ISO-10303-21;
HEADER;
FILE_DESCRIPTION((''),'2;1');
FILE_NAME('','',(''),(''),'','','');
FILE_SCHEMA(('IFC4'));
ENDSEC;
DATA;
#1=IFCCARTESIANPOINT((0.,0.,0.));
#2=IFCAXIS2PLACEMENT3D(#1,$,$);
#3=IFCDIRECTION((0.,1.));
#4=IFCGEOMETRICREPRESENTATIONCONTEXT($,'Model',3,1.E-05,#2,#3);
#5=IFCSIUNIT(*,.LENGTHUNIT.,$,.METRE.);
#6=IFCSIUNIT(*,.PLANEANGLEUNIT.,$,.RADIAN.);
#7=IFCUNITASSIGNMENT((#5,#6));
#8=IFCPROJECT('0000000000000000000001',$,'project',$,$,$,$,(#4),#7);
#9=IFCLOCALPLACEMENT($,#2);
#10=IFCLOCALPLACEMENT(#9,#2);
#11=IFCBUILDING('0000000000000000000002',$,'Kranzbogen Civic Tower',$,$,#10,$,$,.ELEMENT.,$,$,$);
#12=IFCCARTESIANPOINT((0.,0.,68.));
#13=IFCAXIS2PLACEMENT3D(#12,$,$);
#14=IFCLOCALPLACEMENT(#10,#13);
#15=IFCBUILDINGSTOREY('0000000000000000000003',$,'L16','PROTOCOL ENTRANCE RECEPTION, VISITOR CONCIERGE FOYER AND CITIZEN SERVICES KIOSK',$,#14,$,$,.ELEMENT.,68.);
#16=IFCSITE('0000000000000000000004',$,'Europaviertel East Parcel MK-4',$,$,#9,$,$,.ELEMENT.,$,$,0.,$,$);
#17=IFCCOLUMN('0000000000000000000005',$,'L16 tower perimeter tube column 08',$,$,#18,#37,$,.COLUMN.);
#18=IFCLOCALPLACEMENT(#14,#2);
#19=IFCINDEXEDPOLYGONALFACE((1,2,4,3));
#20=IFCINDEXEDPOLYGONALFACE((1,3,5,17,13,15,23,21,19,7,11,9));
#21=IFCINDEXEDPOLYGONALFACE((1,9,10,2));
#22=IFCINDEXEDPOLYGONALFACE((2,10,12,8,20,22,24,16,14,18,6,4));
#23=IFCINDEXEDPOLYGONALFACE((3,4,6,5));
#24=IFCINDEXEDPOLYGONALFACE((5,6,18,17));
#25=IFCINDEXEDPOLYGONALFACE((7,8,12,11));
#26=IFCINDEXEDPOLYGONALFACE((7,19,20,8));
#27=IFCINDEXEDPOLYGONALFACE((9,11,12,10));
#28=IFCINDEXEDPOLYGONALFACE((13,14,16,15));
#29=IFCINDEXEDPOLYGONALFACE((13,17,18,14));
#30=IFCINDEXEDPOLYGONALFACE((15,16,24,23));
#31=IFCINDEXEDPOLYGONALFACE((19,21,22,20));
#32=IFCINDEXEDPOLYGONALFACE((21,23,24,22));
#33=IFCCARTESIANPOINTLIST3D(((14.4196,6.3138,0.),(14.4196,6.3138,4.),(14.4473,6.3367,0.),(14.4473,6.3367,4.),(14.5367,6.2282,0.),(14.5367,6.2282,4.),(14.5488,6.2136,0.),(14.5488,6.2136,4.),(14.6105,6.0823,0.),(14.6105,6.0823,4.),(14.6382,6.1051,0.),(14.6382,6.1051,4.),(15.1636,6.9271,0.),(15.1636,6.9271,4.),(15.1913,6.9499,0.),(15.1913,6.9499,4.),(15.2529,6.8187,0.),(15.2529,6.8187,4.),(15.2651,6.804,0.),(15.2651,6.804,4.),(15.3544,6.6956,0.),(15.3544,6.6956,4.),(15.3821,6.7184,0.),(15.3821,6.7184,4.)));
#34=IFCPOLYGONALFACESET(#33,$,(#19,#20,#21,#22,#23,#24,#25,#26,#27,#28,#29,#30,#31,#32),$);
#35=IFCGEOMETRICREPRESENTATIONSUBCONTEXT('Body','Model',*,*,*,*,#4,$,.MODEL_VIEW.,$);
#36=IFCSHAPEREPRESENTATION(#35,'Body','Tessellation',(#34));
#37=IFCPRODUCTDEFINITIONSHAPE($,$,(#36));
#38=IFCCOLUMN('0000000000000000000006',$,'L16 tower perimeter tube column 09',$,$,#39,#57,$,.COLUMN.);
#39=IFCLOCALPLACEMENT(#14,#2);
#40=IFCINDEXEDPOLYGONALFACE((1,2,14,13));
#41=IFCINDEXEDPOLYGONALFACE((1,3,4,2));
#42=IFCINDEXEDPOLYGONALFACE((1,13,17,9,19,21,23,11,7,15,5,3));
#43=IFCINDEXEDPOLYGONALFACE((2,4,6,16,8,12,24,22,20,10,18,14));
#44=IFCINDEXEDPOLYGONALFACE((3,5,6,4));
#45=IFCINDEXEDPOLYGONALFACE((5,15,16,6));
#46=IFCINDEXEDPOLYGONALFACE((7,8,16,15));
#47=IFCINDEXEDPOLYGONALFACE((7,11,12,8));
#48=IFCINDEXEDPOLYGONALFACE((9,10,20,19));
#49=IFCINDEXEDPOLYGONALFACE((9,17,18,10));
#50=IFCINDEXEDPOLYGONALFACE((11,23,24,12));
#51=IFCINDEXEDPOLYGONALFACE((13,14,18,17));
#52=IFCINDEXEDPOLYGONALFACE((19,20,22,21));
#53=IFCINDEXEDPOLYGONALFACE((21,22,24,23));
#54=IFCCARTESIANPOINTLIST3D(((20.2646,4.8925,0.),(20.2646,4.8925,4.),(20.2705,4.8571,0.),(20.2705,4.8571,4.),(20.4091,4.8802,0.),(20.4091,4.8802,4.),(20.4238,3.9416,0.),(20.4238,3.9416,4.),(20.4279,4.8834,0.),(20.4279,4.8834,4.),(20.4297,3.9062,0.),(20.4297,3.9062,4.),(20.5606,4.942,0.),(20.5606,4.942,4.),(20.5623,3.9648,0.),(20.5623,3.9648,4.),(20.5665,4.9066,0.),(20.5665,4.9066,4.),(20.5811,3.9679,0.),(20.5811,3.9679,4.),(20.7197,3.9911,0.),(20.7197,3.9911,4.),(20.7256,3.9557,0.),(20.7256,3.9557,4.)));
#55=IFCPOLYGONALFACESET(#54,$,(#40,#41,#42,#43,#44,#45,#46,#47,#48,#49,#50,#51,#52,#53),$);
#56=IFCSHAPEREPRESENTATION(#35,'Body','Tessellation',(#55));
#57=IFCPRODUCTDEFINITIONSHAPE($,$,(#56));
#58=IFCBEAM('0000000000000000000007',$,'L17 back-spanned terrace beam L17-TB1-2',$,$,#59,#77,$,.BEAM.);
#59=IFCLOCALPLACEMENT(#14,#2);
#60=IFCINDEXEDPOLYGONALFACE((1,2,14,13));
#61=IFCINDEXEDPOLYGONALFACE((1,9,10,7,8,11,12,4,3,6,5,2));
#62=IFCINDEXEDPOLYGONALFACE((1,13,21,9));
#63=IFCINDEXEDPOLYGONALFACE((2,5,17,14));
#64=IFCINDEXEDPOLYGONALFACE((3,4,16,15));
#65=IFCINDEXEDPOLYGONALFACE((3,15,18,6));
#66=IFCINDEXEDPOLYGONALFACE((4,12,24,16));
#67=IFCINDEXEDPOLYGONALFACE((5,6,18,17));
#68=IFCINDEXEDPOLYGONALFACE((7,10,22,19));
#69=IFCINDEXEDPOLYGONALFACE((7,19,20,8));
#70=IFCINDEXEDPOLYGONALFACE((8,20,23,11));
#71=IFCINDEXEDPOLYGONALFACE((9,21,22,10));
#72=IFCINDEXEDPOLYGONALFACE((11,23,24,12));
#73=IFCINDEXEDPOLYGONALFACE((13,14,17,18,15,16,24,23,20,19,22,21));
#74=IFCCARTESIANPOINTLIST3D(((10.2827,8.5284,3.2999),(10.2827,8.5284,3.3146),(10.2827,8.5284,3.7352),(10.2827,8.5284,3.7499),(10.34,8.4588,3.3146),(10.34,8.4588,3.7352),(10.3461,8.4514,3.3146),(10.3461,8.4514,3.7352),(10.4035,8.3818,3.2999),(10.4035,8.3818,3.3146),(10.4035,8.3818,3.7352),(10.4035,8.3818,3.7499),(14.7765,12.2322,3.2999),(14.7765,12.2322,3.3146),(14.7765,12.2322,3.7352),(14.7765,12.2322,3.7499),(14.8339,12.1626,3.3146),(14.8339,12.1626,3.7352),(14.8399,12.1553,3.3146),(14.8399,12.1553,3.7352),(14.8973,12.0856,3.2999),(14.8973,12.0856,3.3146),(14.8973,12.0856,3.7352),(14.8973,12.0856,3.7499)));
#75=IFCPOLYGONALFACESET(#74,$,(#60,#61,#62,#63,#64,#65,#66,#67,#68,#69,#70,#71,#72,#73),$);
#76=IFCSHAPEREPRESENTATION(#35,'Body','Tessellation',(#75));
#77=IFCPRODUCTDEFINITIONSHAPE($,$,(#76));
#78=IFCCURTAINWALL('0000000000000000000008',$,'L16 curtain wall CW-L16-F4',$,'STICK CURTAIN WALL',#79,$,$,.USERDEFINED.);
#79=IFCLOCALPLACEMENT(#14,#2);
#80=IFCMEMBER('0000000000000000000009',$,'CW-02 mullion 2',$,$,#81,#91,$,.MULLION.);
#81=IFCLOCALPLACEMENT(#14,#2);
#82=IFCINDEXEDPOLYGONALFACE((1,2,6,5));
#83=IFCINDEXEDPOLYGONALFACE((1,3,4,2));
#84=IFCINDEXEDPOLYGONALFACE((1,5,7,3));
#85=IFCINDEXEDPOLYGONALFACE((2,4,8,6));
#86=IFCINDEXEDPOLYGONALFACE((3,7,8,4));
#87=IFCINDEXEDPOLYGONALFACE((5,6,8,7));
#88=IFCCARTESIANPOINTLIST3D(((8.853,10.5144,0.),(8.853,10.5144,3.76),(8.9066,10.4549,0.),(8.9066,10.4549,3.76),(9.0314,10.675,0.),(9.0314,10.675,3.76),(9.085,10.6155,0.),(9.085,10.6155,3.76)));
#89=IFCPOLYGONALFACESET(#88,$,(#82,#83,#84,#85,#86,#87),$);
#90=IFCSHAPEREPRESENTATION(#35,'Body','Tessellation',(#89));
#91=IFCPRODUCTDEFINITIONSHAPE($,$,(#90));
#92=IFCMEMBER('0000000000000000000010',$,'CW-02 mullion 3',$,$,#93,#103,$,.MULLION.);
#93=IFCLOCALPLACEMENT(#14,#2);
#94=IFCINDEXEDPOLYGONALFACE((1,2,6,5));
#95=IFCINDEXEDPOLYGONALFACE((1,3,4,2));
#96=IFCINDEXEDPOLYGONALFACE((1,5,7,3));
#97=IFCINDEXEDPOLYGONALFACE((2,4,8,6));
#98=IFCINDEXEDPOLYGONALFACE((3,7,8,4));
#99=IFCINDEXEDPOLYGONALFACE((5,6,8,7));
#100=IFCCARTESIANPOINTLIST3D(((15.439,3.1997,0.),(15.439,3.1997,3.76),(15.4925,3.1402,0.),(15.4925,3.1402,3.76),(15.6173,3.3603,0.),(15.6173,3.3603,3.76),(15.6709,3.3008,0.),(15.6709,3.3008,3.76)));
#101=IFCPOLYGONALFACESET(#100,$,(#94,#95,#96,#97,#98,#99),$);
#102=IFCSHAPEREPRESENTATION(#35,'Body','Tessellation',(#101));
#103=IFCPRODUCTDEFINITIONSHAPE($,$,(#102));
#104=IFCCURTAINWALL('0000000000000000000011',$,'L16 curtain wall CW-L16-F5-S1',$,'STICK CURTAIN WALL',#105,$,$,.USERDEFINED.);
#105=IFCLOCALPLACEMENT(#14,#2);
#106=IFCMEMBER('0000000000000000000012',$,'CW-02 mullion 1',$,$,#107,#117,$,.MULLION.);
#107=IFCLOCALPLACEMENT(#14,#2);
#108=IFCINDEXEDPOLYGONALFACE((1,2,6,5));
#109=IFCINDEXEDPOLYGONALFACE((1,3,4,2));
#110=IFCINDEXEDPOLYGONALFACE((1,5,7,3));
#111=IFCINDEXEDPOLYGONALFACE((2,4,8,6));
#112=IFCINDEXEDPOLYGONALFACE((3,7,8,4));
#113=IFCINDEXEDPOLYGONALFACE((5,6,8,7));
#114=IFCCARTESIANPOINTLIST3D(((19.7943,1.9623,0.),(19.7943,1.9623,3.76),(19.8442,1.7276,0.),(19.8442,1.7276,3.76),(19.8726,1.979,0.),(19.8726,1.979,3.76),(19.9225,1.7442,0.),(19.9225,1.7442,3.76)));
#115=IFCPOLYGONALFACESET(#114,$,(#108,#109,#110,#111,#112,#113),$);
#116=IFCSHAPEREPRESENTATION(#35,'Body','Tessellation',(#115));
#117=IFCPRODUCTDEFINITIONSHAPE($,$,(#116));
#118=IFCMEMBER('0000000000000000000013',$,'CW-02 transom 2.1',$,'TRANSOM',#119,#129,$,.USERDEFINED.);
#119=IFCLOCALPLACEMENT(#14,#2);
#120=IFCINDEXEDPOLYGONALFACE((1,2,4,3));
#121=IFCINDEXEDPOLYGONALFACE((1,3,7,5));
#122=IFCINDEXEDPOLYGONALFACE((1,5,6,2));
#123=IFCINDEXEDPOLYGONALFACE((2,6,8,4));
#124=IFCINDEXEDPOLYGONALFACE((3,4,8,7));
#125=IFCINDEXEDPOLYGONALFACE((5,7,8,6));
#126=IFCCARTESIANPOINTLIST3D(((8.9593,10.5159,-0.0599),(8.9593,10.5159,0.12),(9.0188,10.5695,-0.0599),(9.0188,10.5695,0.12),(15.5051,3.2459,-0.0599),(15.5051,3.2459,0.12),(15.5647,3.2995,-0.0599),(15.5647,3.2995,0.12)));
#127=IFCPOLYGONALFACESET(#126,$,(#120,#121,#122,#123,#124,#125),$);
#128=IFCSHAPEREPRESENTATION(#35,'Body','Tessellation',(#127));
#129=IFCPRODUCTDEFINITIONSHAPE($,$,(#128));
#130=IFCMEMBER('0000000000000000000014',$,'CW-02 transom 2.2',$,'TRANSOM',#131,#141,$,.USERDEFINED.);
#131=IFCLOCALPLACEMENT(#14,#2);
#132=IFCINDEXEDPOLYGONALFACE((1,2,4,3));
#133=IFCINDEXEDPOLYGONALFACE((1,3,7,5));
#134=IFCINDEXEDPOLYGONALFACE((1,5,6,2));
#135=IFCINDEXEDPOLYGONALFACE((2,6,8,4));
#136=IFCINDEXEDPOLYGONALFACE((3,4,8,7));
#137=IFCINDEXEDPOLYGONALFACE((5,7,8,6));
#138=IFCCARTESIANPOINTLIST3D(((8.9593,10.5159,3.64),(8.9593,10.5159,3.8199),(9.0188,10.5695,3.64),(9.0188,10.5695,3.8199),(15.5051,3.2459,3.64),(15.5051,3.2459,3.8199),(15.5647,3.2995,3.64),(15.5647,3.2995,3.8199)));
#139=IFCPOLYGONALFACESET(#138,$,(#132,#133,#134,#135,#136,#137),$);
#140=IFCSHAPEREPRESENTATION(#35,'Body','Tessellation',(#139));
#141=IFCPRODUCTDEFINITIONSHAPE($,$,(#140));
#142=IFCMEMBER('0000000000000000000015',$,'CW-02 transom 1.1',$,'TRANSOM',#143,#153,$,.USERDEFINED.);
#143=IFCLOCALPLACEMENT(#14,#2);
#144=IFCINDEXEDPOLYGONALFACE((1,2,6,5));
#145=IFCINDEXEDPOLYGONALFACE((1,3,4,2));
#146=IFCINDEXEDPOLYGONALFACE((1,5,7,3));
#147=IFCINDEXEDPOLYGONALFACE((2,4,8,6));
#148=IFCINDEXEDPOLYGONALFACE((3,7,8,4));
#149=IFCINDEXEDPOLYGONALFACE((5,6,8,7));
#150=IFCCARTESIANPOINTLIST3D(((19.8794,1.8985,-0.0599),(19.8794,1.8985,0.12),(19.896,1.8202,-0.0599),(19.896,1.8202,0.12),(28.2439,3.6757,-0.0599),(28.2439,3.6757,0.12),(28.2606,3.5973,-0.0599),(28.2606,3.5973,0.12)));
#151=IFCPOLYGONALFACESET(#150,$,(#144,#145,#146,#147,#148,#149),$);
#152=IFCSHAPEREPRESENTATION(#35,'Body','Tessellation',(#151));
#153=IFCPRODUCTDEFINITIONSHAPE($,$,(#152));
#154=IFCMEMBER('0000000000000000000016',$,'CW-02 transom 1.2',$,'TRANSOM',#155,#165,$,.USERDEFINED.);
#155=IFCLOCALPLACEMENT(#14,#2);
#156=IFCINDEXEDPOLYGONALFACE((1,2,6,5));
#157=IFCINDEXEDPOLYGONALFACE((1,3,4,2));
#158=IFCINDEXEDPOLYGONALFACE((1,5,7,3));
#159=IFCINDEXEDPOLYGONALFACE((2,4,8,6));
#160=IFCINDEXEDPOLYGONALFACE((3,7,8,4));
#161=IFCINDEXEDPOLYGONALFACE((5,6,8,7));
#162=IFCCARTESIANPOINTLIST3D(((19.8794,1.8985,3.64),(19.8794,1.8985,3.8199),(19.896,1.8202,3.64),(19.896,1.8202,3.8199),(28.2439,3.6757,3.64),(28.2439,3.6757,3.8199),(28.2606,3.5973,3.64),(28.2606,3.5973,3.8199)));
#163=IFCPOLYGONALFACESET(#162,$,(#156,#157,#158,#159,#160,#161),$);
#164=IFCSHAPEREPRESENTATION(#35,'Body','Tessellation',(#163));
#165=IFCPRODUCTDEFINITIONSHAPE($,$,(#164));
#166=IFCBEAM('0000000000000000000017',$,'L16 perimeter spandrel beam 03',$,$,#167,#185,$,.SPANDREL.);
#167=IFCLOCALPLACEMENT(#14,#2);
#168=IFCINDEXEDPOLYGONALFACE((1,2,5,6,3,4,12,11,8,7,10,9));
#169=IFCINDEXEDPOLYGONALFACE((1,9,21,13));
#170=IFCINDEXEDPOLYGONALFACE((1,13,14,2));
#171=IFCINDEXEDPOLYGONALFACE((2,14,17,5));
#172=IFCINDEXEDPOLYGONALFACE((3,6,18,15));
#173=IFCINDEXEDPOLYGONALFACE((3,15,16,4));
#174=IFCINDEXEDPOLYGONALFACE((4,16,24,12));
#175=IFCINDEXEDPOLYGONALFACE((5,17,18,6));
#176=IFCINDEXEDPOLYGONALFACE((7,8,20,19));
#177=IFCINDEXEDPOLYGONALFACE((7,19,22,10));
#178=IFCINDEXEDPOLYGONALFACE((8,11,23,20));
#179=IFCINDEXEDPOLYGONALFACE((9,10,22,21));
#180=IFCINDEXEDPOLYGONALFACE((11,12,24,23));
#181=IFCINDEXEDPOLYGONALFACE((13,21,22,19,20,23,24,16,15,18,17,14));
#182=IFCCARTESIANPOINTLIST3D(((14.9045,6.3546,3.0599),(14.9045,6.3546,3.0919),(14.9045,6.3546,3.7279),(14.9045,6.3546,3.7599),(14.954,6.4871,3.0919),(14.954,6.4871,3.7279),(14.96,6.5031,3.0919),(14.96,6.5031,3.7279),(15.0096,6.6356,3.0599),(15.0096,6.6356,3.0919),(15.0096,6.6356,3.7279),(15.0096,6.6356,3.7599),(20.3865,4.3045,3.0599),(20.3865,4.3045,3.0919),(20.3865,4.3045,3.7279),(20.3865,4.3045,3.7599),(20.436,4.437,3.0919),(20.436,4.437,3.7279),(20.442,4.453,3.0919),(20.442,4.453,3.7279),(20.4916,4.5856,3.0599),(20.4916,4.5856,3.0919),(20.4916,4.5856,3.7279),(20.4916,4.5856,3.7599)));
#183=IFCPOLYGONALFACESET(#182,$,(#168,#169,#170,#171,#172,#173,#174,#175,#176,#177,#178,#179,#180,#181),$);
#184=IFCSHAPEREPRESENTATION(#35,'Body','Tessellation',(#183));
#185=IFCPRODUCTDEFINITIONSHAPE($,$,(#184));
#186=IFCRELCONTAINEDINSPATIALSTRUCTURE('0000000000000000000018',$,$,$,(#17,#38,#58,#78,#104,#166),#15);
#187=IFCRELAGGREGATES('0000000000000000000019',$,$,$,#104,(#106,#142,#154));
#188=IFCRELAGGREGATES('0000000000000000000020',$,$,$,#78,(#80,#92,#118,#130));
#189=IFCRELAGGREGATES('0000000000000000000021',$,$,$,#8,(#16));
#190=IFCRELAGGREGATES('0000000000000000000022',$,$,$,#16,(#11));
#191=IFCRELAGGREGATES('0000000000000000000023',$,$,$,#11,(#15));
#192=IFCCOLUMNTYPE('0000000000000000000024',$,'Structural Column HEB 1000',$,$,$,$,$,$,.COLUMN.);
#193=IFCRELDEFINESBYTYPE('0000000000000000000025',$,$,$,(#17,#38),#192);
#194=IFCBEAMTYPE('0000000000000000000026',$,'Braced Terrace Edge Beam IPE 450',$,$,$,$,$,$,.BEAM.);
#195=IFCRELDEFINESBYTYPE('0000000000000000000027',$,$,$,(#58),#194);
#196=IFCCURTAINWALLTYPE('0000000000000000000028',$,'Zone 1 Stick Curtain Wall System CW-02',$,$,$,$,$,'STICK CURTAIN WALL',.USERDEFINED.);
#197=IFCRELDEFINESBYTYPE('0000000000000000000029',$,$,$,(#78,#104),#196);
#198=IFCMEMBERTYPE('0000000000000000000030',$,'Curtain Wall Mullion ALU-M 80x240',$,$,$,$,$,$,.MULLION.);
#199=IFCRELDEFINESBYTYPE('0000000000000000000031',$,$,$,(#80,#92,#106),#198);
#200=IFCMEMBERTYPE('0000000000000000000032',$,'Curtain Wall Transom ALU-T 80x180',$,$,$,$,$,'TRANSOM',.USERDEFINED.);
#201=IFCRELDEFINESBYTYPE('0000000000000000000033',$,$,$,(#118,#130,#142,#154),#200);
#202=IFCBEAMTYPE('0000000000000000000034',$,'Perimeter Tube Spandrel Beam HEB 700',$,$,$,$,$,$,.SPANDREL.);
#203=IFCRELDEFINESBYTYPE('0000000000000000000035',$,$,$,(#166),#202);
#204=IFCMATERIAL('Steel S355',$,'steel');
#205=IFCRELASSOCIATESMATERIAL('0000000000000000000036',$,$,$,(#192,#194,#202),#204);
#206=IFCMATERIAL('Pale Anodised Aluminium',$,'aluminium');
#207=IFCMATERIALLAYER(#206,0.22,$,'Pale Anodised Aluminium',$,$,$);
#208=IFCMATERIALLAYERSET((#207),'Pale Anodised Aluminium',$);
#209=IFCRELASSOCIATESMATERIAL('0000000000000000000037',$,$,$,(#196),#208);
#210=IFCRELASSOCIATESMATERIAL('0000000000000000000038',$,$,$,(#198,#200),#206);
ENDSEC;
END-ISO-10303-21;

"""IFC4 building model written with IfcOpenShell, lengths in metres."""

from ifc_helpers import new_model, si_unit, direction, frame, origin, origin_2d, place, context, subcontext, project, spatial, rectangle, i_section, extrude, material, layer, layer_set, material_profile, profile_set, type_object, element, aggregate, save


model = new_model("IFC4")

# Units and contexts
model_context = context("Model", 3, precision=1e-05, world=origin(), true_north=direction((0.0, 1.0)))
body_context = subcontext(model_context, "Body", "Model", "MODEL_VIEW")
ifc_project = project(units=[si_unit("LENGTHUNIT", "METRE"), si_unit("PLANEANGLEUNIT", "RADIAN")], contexts=[model_context])

# Site, building, storey
site_placement = place(None, origin())
site = spatial("IfcSite", under=ifc_project, at=site_placement, Name="Europaviertel East Parcel MK-4", CompositionType="ELEMENT", RefElevation=0.0)
building_placement = place(site_placement, origin())
building = spatial("IfcBuilding", under=site, at=building_placement, Name="Kranzbogen Civic Tower", CompositionType="ELEMENT")
storey_placement = place(building_placement, frame((0.0, 0.0, 68.0)))
storey = spatial("IfcBuildingStorey", under=building, at=storey_placement, Name="L16", Description="PROTOCOL ENTRANCE RECEPTION, VISITOR CONCIERGE FOYER AND CITIZEN SERVICES KIOSK", CompositionType="ELEMENT", Elevation=68.0)

# Columns
ifc_material_1 = material(Name="Steel S355", Category="steel")
ifc_material_profile_1 = material_profile(ifc_material_1, i_section(OverallWidth=0.3, OverallDepth=1.0, WebThickness=0.019, FlangeThickness=0.0359, at=origin_2d()), Name="HEB 1000")
ifc_profile_set_1 = profile_set([ifc_material_profile_1], Name="Steel S355")
column_type = type_object("IfcColumnType", Name="Structural Column HEB 1000", PredefinedType="COLUMN", material=ifc_profile_set_1)
for number, where, z_axis, x_axis, name in (
    (1, (14.9009, 6.5161, 0.0), (0.0, 0.0, 1.0), (-0.636078, 0.771625, 0.0), "L16 tower perimeter tube column 08"),
    (2, (20.4951, 4.4241, 0.0), (0.0, 0.0, 1.0), (0.986286, 0.165048, 0.0), "L16 tower perimeter tube column 09"),
):
    element("IfcColumn", number, at=place(storey_placement, frame(where, z_axis=z_axis, x_axis=x_axis)), inside=storey, type_object=column_type, Name=name, PredefinedType="COLUMN", context=body_context, shape_type="SweptSolid", body=[
        extrude(i_section(OverallWidth=0.3, OverallDepth=1.0, WebThickness=0.019, FlangeThickness=0.0359, at=origin_2d()), origin(), (0.0, 0.0, 1.0), 4.0),
    ])

# Beam
ifc_material_profile_2 = material_profile(ifc_material_1, i_section(OverallWidth=0.1899, OverallDepth=0.45, WebThickness=0.0095, FlangeThickness=0.0146, at=origin_2d()), Name="IPE 450")
ifc_profile_set_2 = profile_set([ifc_material_profile_2], Name="Steel S355")
beam_type_1 = type_object("IfcBeamType", Name="Braced Terrace Edge Beam IPE 450", PredefinedType="BEAM", material=ifc_profile_set_2)
beam_1_placement = place(storey_placement, frame((14.8369, 12.1589, 3.5249), z_axis=(-0.771677, -0.636014, 0.0), x_axis=(0.636014, -0.771677, 0.0)))
element("IfcBeam", 3, at=beam_1_placement, inside=storey, type_object=beam_type_1, Name="L17 back-spanned terrace beam L17-TB1-2", PredefinedType="BEAM", context=body_context, shape_type="SweptSolid", body=[
    extrude(i_section(OverallWidth=0.1899, OverallDepth=0.45, WebThickness=0.0095, FlangeThickness=0.0146, at=origin_2d()), origin(), (0.0, 0.0, 1.0), 5.8235),
])

# Curtain wall, members
ifc_material_2 = material(Name="Pale Anodised Aluminium", Category="aluminium")
ifc_layer_1 = layer(ifc_material_2, 0.22, Name="Pale Anodised Aluminium")
ifc_layer_set_1 = layer_set([ifc_layer_1], Name="Pale Anodised Aluminium")
curtain_wall_type = type_object("IfcCurtainWallType", Name="Zone 1 Stick Curtain Wall System CW-02", ElementType="STICK CURTAIN WALL", PredefinedType="USERDEFINED", material=ifc_layer_set_1)
curtain_wall_1_placement = place(storey_placement, origin())
curtain_wall_1 = element("IfcCurtainWall", 4, at=curtain_wall_1_placement, inside=storey, type_object=curtain_wall_type, Name="L16 curtain wall CW-L16-F4", ObjectType="STICK CURTAIN WALL", PredefinedType="USERDEFINED")
ifc_material_profile_3 = material_profile(ifc_material_2, rectangle(XDim=0.0801, YDim=0.24, at=origin_2d()), Name="ALU-M 80x240")
ifc_profile_set_3 = profile_set([ifc_material_profile_3], Name="Pale Anodised Aluminium")
member_type_1 = type_object("IfcMemberType", Name="Curtain Wall Mullion ALU-M 80x240", PredefinedType="MULLION", material=ifc_profile_set_3)
member_1_placement = place(storey_placement, frame((8.969, 10.5649, 0.0), z_axis=(0.0, 0.0, 1.0), x_axis=(0.669116, -0.743158, 0.0)))
member_1 = element("IfcMember", 5, at=member_1_placement, type_object=member_type_1, Name="CW-02 mullion 2", PredefinedType="MULLION", context=body_context, shape_type="SweptSolid", body=[
    extrude(rectangle(XDim=0.0801, YDim=0.24, at=origin_2d()), origin(), (0.0, 0.0, 1.0), 3.76),
])
member_2_placement = place(storey_placement, frame((15.5549, 3.2502, 0.0), z_axis=(0.0, 0.0, 1.0), x_axis=(0.669116, -0.743158, 0.0)))
member_2 = element("IfcMember", 6, at=member_2_placement, type_object=member_type_1, Name="CW-02 mullion 3", PredefinedType="MULLION", context=body_context, shape_type="SweptSolid", body=[
    extrude(rectangle(XDim=0.0801, YDim=0.24, at=origin_2d()), origin(), (0.0, 0.0, 1.0), 3.76),
])

# Curtain wall, member
curtain_wall_2_placement = place(storey_placement, origin())
curtain_wall_2 = element("IfcCurtainWall", 7, at=curtain_wall_2_placement, inside=storey, type_object=curtain_wall_type, Name="L16 curtain wall CW-L16-F5-S1", ObjectType="STICK CURTAIN WALL", PredefinedType="USERDEFINED")
member_3_placement = place(storey_placement, frame((19.8584, 1.8533, 0.0), z_axis=(0.0, 0.0, 1.0), x_axis=(0.978169, 0.207812, 0.0)))
member_3 = element("IfcMember", 8, at=member_3_placement, type_object=member_type_1, Name="CW-02 mullion 1", PredefinedType="MULLION", context=body_context, shape_type="SweptSolid", body=[
    extrude(rectangle(XDim=0.0801, YDim=0.24, at=origin_2d()), origin(), (0.0, 0.0, 1.0), 3.76),
])

# Members
ifc_material_profile_4 = material_profile(ifc_material_2, rectangle(XDim=0.0801, YDim=0.1799, at=origin_2d()), Name="ALU-T 80x180")
ifc_profile_set_4 = profile_set([ifc_material_profile_4], Name="Pale Anodised Aluminium")
member_type_2 = type_object("IfcMemberType", Name="Curtain Wall Transom ALU-T 80x180", ElementType="TRANSOM", PredefinedType="USERDEFINED", material=ifc_profile_set_4)
member_4_placement = place(storey_placement, frame((8.989, 10.5427, 0.03), z_axis=(0.669127, -0.743148, 0.0), x_axis=(0.743148, 0.669127, 0.0)))
member_4 = element("IfcMember", 9, at=member_4_placement, type_object=member_type_2, Name="CW-02 transom 2.1", ObjectType="TRANSOM", PredefinedType="USERDEFINED", context=body_context, shape_type="SweptSolid", body=[
    extrude(rectangle(XDim=0.0801, YDim=0.1799, at=origin_2d()), origin(), (0.0, 0.0, 1.0), 9.7827),
])
member_5_placement = place(storey_placement, frame((8.989, 10.5427, 3.73), z_axis=(0.669127, -0.743148, 0.0), x_axis=(0.743148, 0.669127, 0.0)))
member_5 = element("IfcMember", 10, at=member_5_placement, type_object=member_type_2, Name="CW-02 transom 2.2", ObjectType="TRANSOM", PredefinedType="USERDEFINED", context=body_context, shape_type="SweptSolid", body=[
    extrude(rectangle(XDim=0.0801, YDim=0.1799, at=origin_2d()), origin(), (0.0, 0.0, 1.0), 9.7827),
])
member_6_placement = place(storey_placement, frame((19.8877, 1.8594, 0.03), z_axis=(0.978167, 0.207819, 0.0), x_axis=(-0.207819, 0.978167, 0.0)))
member_6 = element("IfcMember", 11, at=member_6_placement, type_object=member_type_2, Name="CW-02 transom 1.1", ObjectType="TRANSOM", PredefinedType="USERDEFINED", context=body_context, shape_type="SweptSolid", body=[
    extrude(rectangle(XDim=0.0801, YDim=0.1799, at=origin_2d()), origin(), (0.0, 0.0, 1.0), 8.5513),
])
member_7_placement = place(storey_placement, frame((19.8877, 1.8594, 3.73), z_axis=(0.978167, 0.207819, 0.0), x_axis=(-0.207819, 0.978167, 0.0)))
member_7 = element("IfcMember", 12, at=member_7_placement, type_object=member_type_2, Name="CW-02 transom 1.2", ObjectType="TRANSOM", PredefinedType="USERDEFINED", context=body_context, shape_type="SweptSolid", body=[
    extrude(rectangle(XDim=0.0801, YDim=0.1799, at=origin_2d()), origin(), (0.0, 0.0, 1.0), 8.5513),
])
aggregate(curtain_wall_2, [member_3, member_6, member_7])

# Beam
ifc_material_profile_5 = material_profile(ifc_material_1, i_section(OverallWidth=0.3, OverallDepth=0.7, WebThickness=0.0171, FlangeThickness=0.032, at=origin_2d()), Name="HEB 700")
ifc_profile_set_5 = profile_set([ifc_material_profile_5], Name="Steel S355")
beam_type_2 = type_object("IfcBeamType", Name="Perimeter Tube Spandrel Beam HEB 700", PredefinedType="SPANDREL", material=ifc_profile_set_5)
beam_2_placement = place(storey_placement, frame((14.957, 6.4951, 3.4099), z_axis=(0.936648, -0.350273, 0.0), x_axis=(0.350273, 0.936648, 0.0)))
element("IfcBeam", 13, at=beam_2_placement, inside=storey, type_object=beam_type_2, Name="L16 perimeter spandrel beam 03", PredefinedType="SPANDREL", context=body_context, shape_type="SweptSolid", body=[
    extrude(i_section(OverallWidth=0.3, OverallDepth=0.7, WebThickness=0.0171, FlangeThickness=0.032, at=origin_2d()), origin(), (0.0, 0.0, 1.0), 5.8528),
])

aggregate(curtain_wall_1, [member_1, member_2, member_4, member_5])

save(model, "model.ifc")
